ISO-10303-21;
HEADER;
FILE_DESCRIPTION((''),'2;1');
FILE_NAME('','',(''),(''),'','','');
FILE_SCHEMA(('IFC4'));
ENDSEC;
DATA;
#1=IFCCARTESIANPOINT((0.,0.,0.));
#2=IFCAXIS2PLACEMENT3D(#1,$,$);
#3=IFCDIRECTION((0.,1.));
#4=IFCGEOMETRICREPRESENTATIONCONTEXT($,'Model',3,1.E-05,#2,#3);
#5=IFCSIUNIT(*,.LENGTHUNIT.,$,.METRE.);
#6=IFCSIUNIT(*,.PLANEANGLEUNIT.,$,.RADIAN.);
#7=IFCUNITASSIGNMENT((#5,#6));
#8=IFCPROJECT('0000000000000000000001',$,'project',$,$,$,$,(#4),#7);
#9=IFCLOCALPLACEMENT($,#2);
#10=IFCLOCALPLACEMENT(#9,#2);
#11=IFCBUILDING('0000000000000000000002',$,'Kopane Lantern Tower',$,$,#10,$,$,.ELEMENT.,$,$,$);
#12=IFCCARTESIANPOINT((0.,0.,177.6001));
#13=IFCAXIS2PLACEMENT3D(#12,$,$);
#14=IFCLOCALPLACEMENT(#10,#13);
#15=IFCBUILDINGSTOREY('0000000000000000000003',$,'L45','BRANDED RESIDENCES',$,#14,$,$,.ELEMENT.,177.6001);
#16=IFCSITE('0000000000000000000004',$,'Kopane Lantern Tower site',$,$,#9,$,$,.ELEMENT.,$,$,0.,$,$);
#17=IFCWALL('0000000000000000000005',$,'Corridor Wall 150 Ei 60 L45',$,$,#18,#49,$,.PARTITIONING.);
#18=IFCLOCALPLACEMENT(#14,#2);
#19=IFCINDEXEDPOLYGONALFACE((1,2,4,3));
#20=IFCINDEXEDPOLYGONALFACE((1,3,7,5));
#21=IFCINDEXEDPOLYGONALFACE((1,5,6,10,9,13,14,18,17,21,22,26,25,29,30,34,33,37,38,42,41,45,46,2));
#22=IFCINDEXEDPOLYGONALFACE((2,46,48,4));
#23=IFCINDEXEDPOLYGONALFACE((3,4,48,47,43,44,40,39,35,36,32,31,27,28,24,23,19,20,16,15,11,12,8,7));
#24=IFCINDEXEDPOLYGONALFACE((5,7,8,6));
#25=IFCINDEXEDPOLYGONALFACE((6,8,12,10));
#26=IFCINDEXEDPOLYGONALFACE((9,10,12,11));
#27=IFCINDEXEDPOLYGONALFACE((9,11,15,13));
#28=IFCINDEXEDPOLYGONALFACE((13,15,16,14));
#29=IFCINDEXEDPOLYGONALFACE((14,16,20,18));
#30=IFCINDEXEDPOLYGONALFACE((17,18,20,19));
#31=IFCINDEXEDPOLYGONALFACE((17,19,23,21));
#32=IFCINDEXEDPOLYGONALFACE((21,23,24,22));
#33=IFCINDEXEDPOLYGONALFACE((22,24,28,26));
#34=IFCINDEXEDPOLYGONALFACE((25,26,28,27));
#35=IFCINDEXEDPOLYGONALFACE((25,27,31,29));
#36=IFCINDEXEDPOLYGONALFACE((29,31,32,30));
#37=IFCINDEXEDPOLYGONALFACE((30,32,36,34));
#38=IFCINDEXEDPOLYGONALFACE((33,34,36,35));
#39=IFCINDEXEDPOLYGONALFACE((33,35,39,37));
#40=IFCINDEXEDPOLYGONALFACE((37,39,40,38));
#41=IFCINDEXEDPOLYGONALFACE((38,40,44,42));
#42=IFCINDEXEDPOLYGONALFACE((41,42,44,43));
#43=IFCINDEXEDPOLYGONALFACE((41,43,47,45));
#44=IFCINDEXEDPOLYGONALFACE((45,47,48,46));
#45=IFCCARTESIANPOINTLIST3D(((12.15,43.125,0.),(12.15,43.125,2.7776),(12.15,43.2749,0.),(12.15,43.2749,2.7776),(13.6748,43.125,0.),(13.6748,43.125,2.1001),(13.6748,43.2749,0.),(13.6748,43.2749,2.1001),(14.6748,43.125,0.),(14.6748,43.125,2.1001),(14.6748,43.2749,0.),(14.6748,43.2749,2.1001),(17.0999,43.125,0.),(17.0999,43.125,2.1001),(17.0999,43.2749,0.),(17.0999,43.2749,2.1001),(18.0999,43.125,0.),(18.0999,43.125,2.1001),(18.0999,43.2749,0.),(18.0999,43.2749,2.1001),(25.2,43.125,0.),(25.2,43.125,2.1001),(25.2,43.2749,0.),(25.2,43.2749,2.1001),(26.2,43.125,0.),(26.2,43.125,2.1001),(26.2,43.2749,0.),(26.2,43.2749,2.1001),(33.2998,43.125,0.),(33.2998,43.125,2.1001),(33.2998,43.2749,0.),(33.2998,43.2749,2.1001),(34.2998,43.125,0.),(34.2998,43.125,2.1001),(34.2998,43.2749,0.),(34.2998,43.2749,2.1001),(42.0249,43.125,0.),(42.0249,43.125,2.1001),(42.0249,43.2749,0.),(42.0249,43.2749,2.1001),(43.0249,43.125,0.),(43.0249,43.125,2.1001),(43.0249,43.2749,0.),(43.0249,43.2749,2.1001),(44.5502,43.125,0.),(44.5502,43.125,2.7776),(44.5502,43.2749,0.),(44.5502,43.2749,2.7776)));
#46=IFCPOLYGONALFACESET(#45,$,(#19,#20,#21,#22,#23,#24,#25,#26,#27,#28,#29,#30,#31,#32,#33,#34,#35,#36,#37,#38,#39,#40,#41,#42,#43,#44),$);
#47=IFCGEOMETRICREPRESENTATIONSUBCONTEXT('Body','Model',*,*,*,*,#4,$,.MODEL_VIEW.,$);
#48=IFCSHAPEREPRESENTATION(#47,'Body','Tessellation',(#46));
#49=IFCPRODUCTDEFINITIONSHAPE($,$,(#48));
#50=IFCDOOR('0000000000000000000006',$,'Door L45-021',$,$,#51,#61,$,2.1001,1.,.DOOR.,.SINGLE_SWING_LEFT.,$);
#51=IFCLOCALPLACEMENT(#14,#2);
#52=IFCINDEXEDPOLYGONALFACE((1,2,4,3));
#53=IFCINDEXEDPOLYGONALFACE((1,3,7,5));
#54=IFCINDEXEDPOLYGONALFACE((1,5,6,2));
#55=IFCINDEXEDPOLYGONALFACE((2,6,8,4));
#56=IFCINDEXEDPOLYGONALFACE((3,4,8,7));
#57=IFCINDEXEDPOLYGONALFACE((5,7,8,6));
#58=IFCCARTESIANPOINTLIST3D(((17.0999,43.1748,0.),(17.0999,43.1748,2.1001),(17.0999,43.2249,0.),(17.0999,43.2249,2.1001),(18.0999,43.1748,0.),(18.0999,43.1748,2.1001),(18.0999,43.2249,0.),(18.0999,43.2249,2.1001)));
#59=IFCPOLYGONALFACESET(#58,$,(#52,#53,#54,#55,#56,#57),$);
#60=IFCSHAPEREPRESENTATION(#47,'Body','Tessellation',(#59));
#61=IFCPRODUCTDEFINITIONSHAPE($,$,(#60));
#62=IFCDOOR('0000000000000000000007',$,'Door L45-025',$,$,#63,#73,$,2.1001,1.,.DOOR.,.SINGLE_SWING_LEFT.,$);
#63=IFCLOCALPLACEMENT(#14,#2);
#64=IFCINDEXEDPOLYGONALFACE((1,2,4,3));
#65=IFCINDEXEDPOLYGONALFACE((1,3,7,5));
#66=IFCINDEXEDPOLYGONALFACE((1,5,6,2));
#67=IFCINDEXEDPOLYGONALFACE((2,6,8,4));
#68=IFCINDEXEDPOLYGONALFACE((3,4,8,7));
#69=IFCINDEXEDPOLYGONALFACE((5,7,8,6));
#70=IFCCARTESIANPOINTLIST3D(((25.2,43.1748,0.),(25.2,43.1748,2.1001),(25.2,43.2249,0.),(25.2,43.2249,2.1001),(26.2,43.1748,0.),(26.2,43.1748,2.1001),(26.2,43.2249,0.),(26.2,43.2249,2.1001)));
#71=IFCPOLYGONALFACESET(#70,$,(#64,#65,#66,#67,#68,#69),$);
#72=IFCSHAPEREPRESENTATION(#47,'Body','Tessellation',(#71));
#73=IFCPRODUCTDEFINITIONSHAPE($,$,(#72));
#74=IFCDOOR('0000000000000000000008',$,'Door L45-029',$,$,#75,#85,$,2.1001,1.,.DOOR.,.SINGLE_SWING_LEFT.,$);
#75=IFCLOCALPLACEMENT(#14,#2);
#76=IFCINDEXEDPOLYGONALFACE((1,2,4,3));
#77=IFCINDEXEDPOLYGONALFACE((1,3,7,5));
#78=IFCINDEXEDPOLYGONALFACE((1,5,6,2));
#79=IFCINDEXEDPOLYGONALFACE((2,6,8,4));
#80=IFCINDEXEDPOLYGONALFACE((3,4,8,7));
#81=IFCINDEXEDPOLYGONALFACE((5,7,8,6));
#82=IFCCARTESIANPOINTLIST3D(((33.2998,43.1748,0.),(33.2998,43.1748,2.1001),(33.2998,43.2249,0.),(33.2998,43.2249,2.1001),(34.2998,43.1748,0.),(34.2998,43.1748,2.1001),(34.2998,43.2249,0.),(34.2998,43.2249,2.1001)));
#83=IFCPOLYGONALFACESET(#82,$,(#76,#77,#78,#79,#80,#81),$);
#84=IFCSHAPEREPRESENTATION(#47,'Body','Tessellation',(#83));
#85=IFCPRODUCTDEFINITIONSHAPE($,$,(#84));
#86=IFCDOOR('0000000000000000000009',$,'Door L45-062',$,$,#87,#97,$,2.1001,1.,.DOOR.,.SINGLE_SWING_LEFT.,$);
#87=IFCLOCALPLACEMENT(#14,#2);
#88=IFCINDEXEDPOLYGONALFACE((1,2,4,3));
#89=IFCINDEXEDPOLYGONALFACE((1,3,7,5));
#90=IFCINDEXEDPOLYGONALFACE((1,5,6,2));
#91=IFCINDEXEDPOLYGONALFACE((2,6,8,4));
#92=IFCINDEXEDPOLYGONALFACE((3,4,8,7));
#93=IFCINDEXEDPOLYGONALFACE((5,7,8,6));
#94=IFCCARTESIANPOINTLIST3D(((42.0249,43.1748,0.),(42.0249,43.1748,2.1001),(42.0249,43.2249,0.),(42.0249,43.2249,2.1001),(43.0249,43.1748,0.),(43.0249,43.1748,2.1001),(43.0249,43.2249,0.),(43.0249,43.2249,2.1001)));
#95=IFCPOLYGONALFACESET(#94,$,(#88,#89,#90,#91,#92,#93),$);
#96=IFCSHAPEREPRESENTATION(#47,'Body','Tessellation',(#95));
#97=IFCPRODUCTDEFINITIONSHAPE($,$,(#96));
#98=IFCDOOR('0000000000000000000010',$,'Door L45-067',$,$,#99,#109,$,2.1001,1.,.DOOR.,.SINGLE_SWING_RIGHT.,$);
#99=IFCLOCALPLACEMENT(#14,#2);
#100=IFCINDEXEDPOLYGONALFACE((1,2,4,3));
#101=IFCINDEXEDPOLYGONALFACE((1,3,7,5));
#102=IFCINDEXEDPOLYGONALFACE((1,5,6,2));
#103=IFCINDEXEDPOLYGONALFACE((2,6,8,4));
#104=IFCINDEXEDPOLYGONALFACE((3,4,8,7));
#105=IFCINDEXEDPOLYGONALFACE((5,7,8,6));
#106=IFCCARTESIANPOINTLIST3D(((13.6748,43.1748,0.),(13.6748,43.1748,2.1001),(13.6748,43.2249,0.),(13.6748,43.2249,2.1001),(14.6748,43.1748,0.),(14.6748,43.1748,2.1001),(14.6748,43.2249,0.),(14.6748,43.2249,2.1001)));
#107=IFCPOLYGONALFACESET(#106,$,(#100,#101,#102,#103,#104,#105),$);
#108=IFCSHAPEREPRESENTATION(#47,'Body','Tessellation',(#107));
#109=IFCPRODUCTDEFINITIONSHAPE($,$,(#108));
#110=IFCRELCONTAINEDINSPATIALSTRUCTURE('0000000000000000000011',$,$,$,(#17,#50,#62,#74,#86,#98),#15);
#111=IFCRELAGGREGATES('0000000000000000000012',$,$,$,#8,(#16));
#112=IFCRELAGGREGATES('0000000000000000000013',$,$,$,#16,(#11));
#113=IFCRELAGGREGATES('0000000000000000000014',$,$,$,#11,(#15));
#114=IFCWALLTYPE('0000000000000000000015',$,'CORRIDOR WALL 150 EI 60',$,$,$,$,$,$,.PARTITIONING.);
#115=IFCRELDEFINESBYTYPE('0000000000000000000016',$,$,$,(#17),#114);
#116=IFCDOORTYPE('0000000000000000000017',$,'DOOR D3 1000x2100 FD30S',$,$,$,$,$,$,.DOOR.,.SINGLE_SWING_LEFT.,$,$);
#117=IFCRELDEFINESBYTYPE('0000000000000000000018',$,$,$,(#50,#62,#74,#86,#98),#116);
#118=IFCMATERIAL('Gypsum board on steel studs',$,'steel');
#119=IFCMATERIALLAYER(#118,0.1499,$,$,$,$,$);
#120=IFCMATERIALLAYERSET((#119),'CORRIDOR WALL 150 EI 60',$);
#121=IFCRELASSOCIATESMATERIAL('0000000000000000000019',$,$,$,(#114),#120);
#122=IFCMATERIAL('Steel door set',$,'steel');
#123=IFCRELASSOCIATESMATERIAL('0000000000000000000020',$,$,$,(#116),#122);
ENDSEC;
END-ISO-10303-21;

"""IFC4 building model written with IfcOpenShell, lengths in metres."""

from ifc_helpers import new_model, si_unit, direction, frame, frame_2d, origin, place, context, subcontext, project, spatial, rectangle, extrude, material, layer, layer_set, type_object, element, fill, save


model = new_model("IFC4")

# Units and contexts
model_context = context("Model", 3, precision=1e-05, world=origin(), true_north=direction((0.0, 1.0)))
body_context = subcontext(model_context, "Body", "Model", "MODEL_VIEW")
ifc_project = project(units=[si_unit("LENGTHUNIT", "METRE"), si_unit("PLANEANGLEUNIT", "RADIAN")], contexts=[model_context])

# Site, building, storey
site_placement = place(None, origin())
site = spatial("IfcSite", under=ifc_project, at=site_placement, Name="Kopane Lantern Tower site", CompositionType="ELEMENT", RefElevation=0.0)
building_placement = place(site_placement, origin())
building = spatial("IfcBuilding", under=site, at=building_placement, Name="Kopane Lantern Tower", CompositionType="ELEMENT")
storey_placement = place(building_placement, frame((0.0, 0.0, 177.6001)))
storey = spatial("IfcBuildingStorey", under=building, at=storey_placement, Name="L45", Description="BRANDED RESIDENCES", CompositionType="ELEMENT", Elevation=177.6001)

# Wall, openings, doors
ifc_material_1 = material(Name="Gypsum board on steel studs", Category="steel")
ifc_layer_1 = layer(ifc_material_1, 0.1499)
ifc_layer_set_1 = layer_set([ifc_layer_1], Name="CORRIDOR WALL 150 EI 60")
wall_type_1 = type_object("IfcWallType", Name="CORRIDOR WALL 150 EI 60", PredefinedType="PARTITIONING", material=ifc_layer_set_1)
wall_1_placement = place(storey_placement, frame((12.1499, 43.2, 0.0), z_axis=(0.0, 0.0, 1.0), x_axis=(1.0, 0.0, 0.0)))
wall_1 = element("IfcWall", 1, at=wall_1_placement, inside=storey, type_object=wall_type_1, Name="Corridor Wall 150 Ei 60 L45", PredefinedType="PARTITIONING", context=body_context, shape_type="SweptSolid", body=[
    extrude(rectangle(XDim=32.4001, YDim=0.1499, at=frame_2d((16.2002, 0.0))), origin(), (0.0, 0.0, 1.0), 2.7776),
])
opening_1_placement = place(wall_1_placement, frame((4.95, 0.0, 0.0)))
opening_1 = element("IfcOpeningElement", 2, at=opening_1_placement, cuts=wall_1, PredefinedType="OPENING", context=body_context, shape_type="SweptSolid", body=[
    extrude(rectangle(XDim=1.0, YDim=2.1001, at=frame_2d((0.5, 1.05))), frame((0.0, 0.085, 0.0), z_axis=(0.0, -1.0, 0.0), x_axis=(1.0, 0.0, 0.0)), (0.0, 0.0, 1.0), 0.1699),
])
opening_2_placement = place(wall_1_placement, frame((13.05, 0.0, 0.0)))
opening_2 = element("IfcOpeningElement", 3, at=opening_2_placement, cuts=wall_1, PredefinedType="OPENING", context=body_context, shape_type="SweptSolid", body=[
    extrude(rectangle(XDim=1.0, YDim=2.1001, at=frame_2d((0.5, 1.05))), frame((0.0, 0.085, 0.0), z_axis=(0.0, -1.0, 0.0), x_axis=(1.0, 0.0, 0.0)), (0.0, 0.0, 1.0), 0.1699),
])
opening_3_placement = place(wall_1_placement, frame((21.1499, 0.0, 0.0)))
opening_3 = element("IfcOpeningElement", 4, at=opening_3_placement, cuts=wall_1, PredefinedType="OPENING", context=body_context, shape_type="SweptSolid", body=[
    extrude(rectangle(XDim=1.0, YDim=2.1001, at=frame_2d((0.5, 1.05))), frame((0.0, 0.085, 0.0), z_axis=(0.0, -1.0, 0.0), x_axis=(1.0, 0.0, 0.0)), (0.0, 0.0, 1.0), 0.1699),
])
opening_4_placement = place(wall_1_placement, frame((29.875, 0.0, 0.0)))
opening_4 = element("IfcOpeningElement", 5, at=opening_4_placement, cuts=wall_1, PredefinedType="OPENING", context=body_context, shape_type="SweptSolid", body=[
    extrude(rectangle(XDim=1.0, YDim=2.1001, at=frame_2d((0.5, 1.05))), frame((0.0, 0.085, 0.0), z_axis=(0.0, -1.0, 0.0), x_axis=(1.0, 0.0, 0.0)), (0.0, 0.0, 1.0), 0.1699),
])
opening_5_placement = place(wall_1_placement, frame((1.5249, 0.0, 0.0)))
opening_5 = element("IfcOpeningElement", 6, at=opening_5_placement, cuts=wall_1, PredefinedType="OPENING", context=body_context, shape_type="SweptSolid", body=[
    extrude(rectangle(XDim=1.0, YDim=2.1001, at=frame_2d((0.5, 1.05))), frame((0.0, 0.085, 0.0), z_axis=(0.0, -1.0, 0.0), x_axis=(1.0, 0.0, 0.0)), (0.0, 0.0, 1.0), 0.1699),
])
ifc_material_2 = material(Name="Steel door set", Category="steel")
door_type_1 = type_object("IfcDoorType", Name="DOOR D3 1000x2100 FD30S", OperationType="SINGLE_SWING_LEFT", PredefinedType="DOOR", material=ifc_material_2)
door_1_placement = place(opening_1_placement, origin())
door_1 = element("IfcDoor", 7, at=door_1_placement, inside=storey, type_object=door_type_1, Name="Door L45-021", OperationType="SINGLE_SWING_LEFT", OverallHeight=2.1001, OverallWidth=1.0, PredefinedType="DOOR", context=body_context, shape_type="SweptSolid", body=[
    extrude(rectangle(XDim=1.0, YDim=2.1001, at=frame_2d((0.5, 1.05))), frame((0.0, 0.0249, 0.0), z_axis=(0.0, -1.0, 0.0), x_axis=(1.0, 0.0, 0.0)), (0.0, 0.0, 1.0), 0.05),
])
fill(opening_1, door_1)
door_2_placement = place(opening_2_placement, origin())
door_2 = element("IfcDoor", 8, at=door_2_placement, inside=storey, type_object=door_type_1, Name="Door L45-025", OperationType="SINGLE_SWING_LEFT", OverallHeight=2.1001, OverallWidth=1.0, PredefinedType="DOOR", context=body_context, shape_type="SweptSolid", body=[
    extrude(rectangle(XDim=1.0, YDim=2.1001, at=frame_2d((0.5, 1.05))), frame((0.0, 0.0249, 0.0), z_axis=(0.0, -1.0, 0.0), x_axis=(1.0, 0.0, 0.0)), (0.0, 0.0, 1.0), 0.05),
])
fill(opening_2, door_2)
door_3_placement = place(opening_3_placement, origin())
door_3 = element("IfcDoor", 9, at=door_3_placement, inside=storey, type_object=door_type_1, Name="Door L45-029", OperationType="SINGLE_SWING_LEFT", OverallHeight=2.1001, OverallWidth=1.0, PredefinedType="DOOR", context=body_context, shape_type="SweptSolid", body=[
    extrude(rectangle(XDim=1.0, YDim=2.1001, at=frame_2d((0.5, 1.05))), frame((0.0, 0.0249, 0.0), z_axis=(0.0, -1.0, 0.0), x_axis=(1.0, 0.0, 0.0)), (0.0, 0.0, 1.0), 0.05),
])
fill(opening_3, door_3)
door_4_placement = place(opening_4_placement, origin())
door_4 = element("IfcDoor", 10, at=door_4_placement, inside=storey, type_object=door_type_1, Name="Door L45-062", OperationType="SINGLE_SWING_LEFT", OverallHeight=2.1001, OverallWidth=1.0, PredefinedType="DOOR", context=body_context, shape_type="SweptSolid", body=[
    extrude(rectangle(XDim=1.0, YDim=2.1001, at=frame_2d((0.5, 1.05))), frame((0.0, 0.0249, 0.0), z_axis=(0.0, -1.0, 0.0), x_axis=(1.0, 0.0, 0.0)), (0.0, 0.0, 1.0), 0.05),
])
fill(opening_4, door_4)
door_5_placement = place(opening_5_placement, origin())
door_5 = element("IfcDoor", 11, at=door_5_placement, inside=storey, type_object=door_type_1, Name="Door L45-067", OperationType="SINGLE_SWING_RIGHT", OverallHeight=2.1001, OverallWidth=1.0, PredefinedType="DOOR", context=body_context, shape_type="SweptSolid", body=[
    extrude(rectangle(XDim=1.0, YDim=2.1001, at=frame_2d((0.5, 1.05))), frame((0.0, 0.0249, 0.0), z_axis=(0.0, -1.0, 0.0), x_axis=(1.0, 0.0, 0.0)), (0.0, 0.0, 1.0), 0.05),
])
fill(opening_5, door_5)

save(model, "model.ifc")
